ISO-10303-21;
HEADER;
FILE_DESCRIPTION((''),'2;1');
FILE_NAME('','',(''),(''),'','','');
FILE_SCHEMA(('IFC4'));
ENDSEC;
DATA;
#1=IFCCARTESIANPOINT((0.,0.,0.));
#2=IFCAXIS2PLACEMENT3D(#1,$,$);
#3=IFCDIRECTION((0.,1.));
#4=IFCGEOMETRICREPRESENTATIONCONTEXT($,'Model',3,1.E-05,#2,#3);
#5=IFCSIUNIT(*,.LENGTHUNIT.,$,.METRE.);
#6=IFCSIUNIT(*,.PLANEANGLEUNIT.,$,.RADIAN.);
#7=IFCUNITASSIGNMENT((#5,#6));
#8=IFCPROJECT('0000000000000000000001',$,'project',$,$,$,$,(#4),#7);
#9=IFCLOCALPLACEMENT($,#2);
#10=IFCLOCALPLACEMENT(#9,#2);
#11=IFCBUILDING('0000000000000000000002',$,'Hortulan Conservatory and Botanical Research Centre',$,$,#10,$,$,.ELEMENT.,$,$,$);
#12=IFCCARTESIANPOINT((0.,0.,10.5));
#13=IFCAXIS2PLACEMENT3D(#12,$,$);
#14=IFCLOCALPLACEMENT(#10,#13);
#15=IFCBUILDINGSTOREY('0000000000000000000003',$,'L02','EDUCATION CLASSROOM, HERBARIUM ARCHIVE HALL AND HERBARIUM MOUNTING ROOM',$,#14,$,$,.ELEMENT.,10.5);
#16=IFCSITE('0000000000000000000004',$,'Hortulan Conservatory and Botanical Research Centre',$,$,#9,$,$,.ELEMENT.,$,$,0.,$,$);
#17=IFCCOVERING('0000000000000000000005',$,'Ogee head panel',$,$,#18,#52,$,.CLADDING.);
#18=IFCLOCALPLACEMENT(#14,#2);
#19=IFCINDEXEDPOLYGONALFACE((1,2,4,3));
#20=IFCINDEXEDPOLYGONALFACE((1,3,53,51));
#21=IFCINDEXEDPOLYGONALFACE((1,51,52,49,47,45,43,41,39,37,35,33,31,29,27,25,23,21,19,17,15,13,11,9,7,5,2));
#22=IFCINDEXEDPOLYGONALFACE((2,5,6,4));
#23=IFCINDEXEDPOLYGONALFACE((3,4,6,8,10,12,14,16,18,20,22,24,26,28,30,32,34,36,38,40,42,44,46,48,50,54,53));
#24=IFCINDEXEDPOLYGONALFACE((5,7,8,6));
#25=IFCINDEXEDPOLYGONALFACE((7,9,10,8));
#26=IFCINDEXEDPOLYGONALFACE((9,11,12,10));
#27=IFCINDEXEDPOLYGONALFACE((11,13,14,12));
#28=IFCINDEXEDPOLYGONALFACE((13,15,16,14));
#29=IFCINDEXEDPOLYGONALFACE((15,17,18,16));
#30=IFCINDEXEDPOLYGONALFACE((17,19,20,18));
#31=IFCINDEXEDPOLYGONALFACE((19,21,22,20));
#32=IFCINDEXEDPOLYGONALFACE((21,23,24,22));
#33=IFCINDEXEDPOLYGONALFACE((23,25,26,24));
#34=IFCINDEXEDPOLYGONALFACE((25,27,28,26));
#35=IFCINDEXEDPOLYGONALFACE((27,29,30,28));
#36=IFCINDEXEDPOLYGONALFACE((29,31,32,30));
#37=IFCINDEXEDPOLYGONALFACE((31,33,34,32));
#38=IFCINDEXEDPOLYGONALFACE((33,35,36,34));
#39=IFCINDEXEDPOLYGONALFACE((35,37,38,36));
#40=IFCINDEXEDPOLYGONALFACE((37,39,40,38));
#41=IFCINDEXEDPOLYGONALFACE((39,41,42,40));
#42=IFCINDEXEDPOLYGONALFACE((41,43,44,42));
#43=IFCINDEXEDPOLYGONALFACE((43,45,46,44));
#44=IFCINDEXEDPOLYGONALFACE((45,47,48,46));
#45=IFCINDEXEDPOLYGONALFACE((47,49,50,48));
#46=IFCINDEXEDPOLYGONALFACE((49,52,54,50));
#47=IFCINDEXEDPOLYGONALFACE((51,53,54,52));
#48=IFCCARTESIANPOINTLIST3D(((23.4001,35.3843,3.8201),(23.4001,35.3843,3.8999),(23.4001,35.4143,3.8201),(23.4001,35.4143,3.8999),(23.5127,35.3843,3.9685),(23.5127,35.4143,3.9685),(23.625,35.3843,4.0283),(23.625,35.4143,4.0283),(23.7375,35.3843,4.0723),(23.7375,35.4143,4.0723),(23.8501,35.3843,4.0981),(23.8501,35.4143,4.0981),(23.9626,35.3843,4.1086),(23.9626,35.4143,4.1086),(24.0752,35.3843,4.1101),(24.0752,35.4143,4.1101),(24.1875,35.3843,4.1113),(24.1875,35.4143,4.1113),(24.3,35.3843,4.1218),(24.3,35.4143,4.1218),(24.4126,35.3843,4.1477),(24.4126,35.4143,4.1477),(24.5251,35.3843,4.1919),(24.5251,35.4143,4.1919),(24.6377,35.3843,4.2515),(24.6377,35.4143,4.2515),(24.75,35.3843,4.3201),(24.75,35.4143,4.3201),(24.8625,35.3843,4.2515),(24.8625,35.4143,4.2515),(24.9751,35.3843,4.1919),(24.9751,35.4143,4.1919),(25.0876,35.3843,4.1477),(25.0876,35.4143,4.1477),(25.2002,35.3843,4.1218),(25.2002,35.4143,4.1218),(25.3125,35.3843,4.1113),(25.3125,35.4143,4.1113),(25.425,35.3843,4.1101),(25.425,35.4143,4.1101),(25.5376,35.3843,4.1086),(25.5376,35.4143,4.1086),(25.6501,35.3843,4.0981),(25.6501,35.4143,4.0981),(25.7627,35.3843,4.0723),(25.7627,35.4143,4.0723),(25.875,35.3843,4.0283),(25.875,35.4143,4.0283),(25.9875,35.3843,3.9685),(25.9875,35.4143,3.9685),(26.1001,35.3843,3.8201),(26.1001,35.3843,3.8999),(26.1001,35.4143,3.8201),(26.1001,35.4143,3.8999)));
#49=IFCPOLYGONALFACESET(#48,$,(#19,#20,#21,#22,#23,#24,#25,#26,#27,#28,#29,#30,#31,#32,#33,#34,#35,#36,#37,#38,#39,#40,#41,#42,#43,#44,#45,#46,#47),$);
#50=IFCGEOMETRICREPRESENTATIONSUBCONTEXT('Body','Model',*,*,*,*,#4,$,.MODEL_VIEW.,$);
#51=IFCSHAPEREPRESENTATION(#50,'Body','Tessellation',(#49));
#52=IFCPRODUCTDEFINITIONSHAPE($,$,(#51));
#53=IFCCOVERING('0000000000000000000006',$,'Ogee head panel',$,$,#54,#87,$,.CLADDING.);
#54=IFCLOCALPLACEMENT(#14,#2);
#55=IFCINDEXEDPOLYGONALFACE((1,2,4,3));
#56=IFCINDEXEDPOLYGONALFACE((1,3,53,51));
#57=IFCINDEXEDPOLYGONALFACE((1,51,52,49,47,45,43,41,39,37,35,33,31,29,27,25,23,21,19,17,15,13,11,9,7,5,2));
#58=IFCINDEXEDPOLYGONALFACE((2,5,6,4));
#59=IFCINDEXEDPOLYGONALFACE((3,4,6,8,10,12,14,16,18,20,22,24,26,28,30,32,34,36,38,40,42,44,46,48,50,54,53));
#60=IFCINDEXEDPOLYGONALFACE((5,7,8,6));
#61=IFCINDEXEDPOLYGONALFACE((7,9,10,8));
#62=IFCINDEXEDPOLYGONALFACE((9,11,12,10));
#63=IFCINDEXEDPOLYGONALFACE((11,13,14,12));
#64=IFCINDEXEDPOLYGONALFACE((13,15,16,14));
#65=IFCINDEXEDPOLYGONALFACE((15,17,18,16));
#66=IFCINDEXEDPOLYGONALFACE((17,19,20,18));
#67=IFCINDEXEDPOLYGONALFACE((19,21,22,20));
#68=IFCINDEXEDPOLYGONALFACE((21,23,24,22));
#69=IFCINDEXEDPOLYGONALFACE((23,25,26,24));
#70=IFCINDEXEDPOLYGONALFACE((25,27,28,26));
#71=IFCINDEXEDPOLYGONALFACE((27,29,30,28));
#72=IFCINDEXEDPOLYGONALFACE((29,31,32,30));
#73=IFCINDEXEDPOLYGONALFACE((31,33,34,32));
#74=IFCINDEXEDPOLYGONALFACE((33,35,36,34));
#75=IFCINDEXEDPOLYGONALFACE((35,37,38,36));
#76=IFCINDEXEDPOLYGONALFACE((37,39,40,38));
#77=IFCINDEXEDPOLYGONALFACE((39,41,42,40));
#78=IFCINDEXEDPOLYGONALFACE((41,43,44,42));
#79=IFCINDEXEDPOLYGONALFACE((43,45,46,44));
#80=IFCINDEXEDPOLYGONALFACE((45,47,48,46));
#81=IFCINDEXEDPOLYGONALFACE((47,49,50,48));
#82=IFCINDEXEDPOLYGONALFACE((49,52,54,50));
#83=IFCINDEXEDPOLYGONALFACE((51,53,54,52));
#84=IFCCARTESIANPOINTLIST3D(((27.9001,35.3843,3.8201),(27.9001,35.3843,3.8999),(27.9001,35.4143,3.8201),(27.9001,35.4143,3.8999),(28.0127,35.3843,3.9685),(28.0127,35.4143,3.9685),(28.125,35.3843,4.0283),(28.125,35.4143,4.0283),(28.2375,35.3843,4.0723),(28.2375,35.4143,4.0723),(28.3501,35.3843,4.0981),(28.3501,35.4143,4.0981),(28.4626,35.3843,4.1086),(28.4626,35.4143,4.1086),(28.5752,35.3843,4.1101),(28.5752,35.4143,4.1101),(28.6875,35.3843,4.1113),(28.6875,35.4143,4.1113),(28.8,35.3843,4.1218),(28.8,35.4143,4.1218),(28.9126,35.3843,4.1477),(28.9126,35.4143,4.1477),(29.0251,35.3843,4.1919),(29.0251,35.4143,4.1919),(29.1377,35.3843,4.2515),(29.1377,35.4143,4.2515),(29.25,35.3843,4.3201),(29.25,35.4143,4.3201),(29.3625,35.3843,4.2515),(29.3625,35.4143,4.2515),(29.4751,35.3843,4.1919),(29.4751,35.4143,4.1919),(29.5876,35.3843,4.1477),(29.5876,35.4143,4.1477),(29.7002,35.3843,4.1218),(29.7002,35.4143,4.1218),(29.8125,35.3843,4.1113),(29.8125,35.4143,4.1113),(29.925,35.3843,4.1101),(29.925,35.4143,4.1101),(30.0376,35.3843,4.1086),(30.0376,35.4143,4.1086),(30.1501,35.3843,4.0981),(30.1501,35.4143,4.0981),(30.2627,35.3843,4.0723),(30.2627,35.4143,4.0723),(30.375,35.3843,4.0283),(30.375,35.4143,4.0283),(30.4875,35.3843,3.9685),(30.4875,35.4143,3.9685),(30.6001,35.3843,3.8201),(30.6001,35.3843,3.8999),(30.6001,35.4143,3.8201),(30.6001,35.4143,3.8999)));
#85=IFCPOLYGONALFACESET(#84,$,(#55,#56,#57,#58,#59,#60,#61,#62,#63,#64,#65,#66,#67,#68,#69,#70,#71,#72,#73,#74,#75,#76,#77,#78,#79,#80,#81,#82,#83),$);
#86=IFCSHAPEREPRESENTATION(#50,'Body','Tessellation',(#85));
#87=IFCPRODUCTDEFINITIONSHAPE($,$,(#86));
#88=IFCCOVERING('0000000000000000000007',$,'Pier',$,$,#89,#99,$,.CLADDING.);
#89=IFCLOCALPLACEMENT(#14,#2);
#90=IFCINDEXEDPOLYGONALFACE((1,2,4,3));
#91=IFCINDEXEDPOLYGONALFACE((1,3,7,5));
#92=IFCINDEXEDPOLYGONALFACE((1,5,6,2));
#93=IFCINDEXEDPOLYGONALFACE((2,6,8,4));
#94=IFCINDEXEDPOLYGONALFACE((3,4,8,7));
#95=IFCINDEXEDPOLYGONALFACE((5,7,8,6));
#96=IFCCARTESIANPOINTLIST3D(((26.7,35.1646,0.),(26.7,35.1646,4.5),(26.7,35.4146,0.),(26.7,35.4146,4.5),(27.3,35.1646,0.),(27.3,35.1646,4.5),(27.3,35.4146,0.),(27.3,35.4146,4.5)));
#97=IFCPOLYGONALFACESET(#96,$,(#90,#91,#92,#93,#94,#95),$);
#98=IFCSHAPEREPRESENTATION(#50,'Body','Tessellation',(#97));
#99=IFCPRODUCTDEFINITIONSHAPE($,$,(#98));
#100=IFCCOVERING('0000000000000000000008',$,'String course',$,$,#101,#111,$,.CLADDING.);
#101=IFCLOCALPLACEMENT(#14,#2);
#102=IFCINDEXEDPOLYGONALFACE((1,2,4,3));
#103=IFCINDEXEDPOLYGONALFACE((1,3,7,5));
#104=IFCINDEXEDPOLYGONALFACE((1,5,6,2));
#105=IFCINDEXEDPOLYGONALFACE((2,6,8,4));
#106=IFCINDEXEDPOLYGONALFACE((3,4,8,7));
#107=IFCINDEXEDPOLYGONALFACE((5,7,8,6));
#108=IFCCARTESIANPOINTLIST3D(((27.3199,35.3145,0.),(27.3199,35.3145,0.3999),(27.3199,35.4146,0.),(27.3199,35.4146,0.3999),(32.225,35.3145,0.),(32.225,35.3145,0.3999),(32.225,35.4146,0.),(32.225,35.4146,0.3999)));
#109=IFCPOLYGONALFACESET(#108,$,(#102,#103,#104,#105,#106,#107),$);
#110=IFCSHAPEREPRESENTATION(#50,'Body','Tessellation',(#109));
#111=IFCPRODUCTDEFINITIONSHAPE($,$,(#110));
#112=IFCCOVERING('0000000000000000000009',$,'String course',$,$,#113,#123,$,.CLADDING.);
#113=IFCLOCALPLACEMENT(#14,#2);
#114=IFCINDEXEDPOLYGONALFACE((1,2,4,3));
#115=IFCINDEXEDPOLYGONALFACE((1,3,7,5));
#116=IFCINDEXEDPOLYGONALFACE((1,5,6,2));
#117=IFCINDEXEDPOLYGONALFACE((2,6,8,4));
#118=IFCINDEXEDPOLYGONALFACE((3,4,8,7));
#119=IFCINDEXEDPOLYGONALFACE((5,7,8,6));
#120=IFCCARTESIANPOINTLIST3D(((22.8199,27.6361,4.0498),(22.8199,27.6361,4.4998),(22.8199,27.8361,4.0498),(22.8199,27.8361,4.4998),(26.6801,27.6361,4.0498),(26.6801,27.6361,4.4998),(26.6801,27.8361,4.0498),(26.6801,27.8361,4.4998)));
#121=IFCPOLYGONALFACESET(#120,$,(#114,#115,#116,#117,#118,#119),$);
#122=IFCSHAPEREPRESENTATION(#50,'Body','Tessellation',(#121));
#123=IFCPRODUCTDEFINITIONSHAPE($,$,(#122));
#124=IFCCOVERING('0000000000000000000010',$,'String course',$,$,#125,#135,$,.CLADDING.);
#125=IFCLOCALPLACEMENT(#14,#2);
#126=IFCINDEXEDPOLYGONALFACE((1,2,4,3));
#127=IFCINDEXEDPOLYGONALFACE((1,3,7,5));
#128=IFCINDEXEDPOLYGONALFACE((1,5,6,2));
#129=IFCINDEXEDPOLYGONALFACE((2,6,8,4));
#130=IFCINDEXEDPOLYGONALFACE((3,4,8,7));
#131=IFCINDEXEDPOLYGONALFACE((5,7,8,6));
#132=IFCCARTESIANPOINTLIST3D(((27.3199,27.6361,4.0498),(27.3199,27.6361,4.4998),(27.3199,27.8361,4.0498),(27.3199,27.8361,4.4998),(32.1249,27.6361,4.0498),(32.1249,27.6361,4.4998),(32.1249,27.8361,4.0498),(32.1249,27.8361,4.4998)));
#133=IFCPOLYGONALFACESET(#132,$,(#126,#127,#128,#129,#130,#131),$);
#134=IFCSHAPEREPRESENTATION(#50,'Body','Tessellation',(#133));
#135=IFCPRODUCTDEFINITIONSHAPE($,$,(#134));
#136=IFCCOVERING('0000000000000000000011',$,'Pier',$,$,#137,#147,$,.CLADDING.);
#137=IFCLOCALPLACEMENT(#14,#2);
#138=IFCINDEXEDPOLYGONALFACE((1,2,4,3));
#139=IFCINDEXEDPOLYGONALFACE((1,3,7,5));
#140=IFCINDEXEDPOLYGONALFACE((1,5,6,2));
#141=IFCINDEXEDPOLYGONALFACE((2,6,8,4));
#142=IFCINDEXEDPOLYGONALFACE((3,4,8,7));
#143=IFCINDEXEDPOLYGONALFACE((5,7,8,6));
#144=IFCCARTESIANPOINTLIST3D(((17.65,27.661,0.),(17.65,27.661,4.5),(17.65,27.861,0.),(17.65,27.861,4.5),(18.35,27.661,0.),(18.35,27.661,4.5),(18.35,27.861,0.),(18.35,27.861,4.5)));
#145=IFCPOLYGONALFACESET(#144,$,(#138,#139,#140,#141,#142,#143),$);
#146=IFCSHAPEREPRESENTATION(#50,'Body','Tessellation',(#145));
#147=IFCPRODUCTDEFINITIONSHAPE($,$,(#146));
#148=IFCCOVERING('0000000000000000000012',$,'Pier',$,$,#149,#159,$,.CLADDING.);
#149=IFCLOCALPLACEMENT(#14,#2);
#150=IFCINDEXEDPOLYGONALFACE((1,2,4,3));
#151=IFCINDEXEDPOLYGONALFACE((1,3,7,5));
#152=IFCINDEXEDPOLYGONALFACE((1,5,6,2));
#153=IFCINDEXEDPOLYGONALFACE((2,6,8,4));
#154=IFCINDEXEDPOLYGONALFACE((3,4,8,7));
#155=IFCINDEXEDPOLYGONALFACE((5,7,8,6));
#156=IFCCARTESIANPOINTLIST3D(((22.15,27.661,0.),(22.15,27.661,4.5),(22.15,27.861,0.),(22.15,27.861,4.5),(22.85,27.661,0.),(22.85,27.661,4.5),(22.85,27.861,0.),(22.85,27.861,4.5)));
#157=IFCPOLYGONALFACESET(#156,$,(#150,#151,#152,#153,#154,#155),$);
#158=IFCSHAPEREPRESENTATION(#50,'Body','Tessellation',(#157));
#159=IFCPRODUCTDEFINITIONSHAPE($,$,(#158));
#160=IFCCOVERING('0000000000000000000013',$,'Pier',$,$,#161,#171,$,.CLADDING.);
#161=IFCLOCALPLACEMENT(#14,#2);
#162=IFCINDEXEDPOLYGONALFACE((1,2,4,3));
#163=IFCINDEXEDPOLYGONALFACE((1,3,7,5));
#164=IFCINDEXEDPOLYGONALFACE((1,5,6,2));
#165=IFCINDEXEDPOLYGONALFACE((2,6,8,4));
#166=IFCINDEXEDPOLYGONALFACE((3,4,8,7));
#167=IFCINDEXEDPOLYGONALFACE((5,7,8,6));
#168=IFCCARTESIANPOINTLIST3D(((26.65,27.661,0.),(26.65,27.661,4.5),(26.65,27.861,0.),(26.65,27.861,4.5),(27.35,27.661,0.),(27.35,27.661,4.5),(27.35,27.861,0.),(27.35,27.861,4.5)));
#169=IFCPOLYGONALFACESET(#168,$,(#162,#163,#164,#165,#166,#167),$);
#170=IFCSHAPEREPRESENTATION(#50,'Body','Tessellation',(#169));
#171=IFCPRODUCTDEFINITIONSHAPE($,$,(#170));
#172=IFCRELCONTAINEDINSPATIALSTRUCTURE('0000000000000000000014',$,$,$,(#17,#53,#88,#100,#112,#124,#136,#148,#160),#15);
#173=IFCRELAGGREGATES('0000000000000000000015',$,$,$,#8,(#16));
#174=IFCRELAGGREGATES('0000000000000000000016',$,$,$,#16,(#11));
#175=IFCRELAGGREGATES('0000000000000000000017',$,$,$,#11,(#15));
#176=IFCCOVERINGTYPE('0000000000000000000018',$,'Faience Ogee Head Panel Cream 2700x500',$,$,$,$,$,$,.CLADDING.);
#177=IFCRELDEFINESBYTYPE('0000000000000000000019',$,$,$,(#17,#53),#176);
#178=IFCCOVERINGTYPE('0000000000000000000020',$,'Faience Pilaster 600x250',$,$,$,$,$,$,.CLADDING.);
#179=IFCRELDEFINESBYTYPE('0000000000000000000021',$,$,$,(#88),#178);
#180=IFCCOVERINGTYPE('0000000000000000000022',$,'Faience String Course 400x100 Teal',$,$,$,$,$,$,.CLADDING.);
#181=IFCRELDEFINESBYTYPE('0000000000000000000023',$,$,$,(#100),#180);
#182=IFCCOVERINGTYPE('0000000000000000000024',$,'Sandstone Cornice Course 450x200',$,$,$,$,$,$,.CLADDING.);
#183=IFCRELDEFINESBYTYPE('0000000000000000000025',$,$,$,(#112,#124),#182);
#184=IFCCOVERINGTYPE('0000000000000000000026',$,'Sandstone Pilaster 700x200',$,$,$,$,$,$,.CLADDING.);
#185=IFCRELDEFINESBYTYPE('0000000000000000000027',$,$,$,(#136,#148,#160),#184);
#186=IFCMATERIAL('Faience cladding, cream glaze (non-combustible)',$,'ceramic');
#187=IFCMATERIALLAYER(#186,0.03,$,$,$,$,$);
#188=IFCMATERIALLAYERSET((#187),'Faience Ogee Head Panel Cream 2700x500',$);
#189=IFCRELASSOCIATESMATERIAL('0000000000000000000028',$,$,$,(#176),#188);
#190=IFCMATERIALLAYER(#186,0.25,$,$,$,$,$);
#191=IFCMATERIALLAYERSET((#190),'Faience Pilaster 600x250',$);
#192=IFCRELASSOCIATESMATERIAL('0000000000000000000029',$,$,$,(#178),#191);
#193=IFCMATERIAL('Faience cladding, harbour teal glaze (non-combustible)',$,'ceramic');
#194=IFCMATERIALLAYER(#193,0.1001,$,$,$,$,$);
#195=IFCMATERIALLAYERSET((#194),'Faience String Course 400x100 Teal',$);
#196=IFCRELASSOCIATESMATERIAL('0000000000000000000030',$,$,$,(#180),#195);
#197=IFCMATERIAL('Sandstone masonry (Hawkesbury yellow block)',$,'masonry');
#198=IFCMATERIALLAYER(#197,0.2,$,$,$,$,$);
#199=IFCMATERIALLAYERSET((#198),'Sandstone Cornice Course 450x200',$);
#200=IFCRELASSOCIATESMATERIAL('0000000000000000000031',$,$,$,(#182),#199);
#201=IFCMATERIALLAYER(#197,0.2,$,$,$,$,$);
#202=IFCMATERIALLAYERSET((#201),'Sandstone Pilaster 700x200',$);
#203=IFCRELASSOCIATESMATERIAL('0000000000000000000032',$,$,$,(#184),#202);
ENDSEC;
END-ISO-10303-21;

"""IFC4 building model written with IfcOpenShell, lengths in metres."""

from ifc_helpers import new_model, si_unit, direction, frame, origin, origin_2d, place, context, subcontext, project, spatial, polyline, rectangle, outline, extrude, material, layer, layer_set, type_object, element, save


model = new_model("IFC4")

# Units and contexts
model_context = context("Model", 3, precision=1e-05, world=origin(), true_north=direction((0.0, 1.0)))
body_context = subcontext(model_context, "Body", "Model", "MODEL_VIEW")
ifc_project = project(units=[si_unit("LENGTHUNIT", "METRE"), si_unit("PLANEANGLEUNIT", "RADIAN")], contexts=[model_context])

# Site, building, storey
site_placement = place(None, origin())
site = spatial("IfcSite", under=ifc_project, at=site_placement, Name="Hortulan Conservatory and Botanical Research Centre", CompositionType="ELEMENT", RefElevation=0.0)
building_placement = place(site_placement, origin())
building = spatial("IfcBuilding", under=site, at=building_placement, Name="Hortulan Conservatory and Botanical Research Centre", CompositionType="ELEMENT")
storey_placement = place(building_placement, frame((0.0, 0.0, 10.5)))
storey = spatial("IfcBuildingStorey", under=building, at=storey_placement, Name="L02", Description="EDUCATION CLASSROOM, HERBARIUM ARCHIVE HALL AND HERBARIUM MOUNTING ROOM", CompositionType="ELEMENT", Elevation=10.5)

# Coverings
ifc_material_1 = material(Name="Faience cladding, cream glaze (non-combustible)", Category="ceramic")
ifc_layer_1 = layer(ifc_material_1, 0.03)
ifc_layer_set_1 = layer_set([ifc_layer_1], Name="Faience Ogee Head Panel Cream 2700x500")
covering_type_1 = type_object("IfcCoveringType", Name="Faience Ogee Head Panel Cream 2700x500", PredefinedType="CLADDING", material=ifc_layer_set_1)
for number, where, z_axis, x_axis, name in (
    (1, (26.1001, 35.3994, 3.8201), (0.0, 0.0, 1.0), (-1.0, 0.0, 0.0), "Ogee head panel"),
    (2, (30.6001, 35.3994, 3.8201), (0.0, 0.0, 1.0), (-1.0, 0.0, 0.0), "Ogee head panel"),
):
    element("IfcCovering", number, at=place(storey_placement, frame(where, z_axis=z_axis, x_axis=x_axis)), inside=storey, type_object=covering_type_1, Name=name, PredefinedType="CLADDING", context=body_context, shape_type="SweptSolid", body=[
        extrude(outline(polyline([(0.0, 0.0), (2.7, 0.0), (2.7, 0.0798), (2.5874, 0.1484), (2.4751, 0.2083), (2.3625, 0.2522), (2.25, 0.2781), (2.1375, 0.2886), (2.0249, 0.29), (1.9126, 0.2913), (1.8, 0.3018), (1.6875, 0.3276), (1.575, 0.3718), (1.4624, 0.4314), (1.3501, 0.5), (1.2375, 0.4314), (1.125, 0.3718), (1.0125, 0.3276), (0.8999, 0.3018), (0.7876, 0.2913), (0.675, 0.29), (0.5625, 0.2886), (0.45, 0.2781), (0.3374, 0.2522), (0.2251, 0.2083), (0.1125, 0.1484), (0.0, 0.0798), (0.0, 0.0)])), frame((0.0, 0.0151, 0.0), z_axis=(0.0, -1.0, 0.0), x_axis=(1.0, 0.0, 0.0)), (0.0, 0.0, 1.0), 0.03),
    ])
ifc_layer_2 = layer(ifc_material_1, 0.25)
ifc_layer_set_2 = layer_set([ifc_layer_2], Name="Faience Pilaster 600x250")
covering_type_2 = type_object("IfcCoveringType", Name="Faience Pilaster 600x250", PredefinedType="CLADDING", material=ifc_layer_set_2)
covering_1_placement = place(storey_placement, frame((27.0, 35.2896, 0.0), z_axis=(0.0, 0.0, 1.0), x_axis=(-1.0, 0.0, 0.0)))
element("IfcCovering", 3, at=covering_1_placement, inside=storey, type_object=covering_type_2, Name="Pier", PredefinedType="CLADDING", context=body_context, shape_type="SweptSolid", body=[
    extrude(rectangle(XDim=0.6001, YDim=0.25, at=origin_2d()), origin(), (0.0, 0.0, 1.0), 4.5),
])
ifc_material_2 = material(Name="Faience cladding, harbour teal glaze (non-combustible)", Category="ceramic")
ifc_layer_3 = layer(ifc_material_2, 0.1001)
ifc_layer_set_3 = layer_set([ifc_layer_3], Name="Faience String Course 400x100 Teal")
covering_type_3 = type_object("IfcCoveringType", Name="Faience String Course 400x100 Teal", PredefinedType="CLADDING", material=ifc_layer_set_3)
covering_2_placement = place(storey_placement, frame((29.7725, 35.3645, 0.0), z_axis=(0.0, 0.0, 1.0), x_axis=(-1.0, 0.0, 0.0)))
element("IfcCovering", 4, at=covering_2_placement, inside=storey, type_object=covering_type_3, Name="String course", PredefinedType="CLADDING", context=body_context, shape_type="SweptSolid", body=[
    extrude(rectangle(XDim=4.905, YDim=0.1001, at=origin_2d()), origin(), (0.0, 0.0, 1.0), 0.3999),
])
ifc_material_3 = material(Name="Sandstone masonry (Hawkesbury yellow block)", Category="masonry")
ifc_layer_4 = layer(ifc_material_3, 0.2)
ifc_layer_set_4 = layer_set([ifc_layer_4], Name="Sandstone Cornice Course 450x200")
covering_type_4 = type_object("IfcCoveringType", Name="Sandstone Cornice Course 450x200", PredefinedType="CLADDING", material=ifc_layer_set_4)
covering_3_placement = place(storey_placement, frame((24.75, 27.7361, 4.0498), z_axis=(0.0, 0.0, 1.0), x_axis=(1.0, 0.0, 0.0)))
element("IfcCovering", 5, at=covering_3_placement, inside=storey, type_object=covering_type_4, Name="String course", PredefinedType="CLADDING", context=body_context, shape_type="SweptSolid", body=[
    extrude(rectangle(XDim=3.8601, YDim=0.2, at=origin_2d()), origin(), (0.0, 0.0, 1.0), 0.45),
])
covering_4_placement = place(storey_placement, frame((29.7224, 27.7361, 4.0498), z_axis=(0.0, 0.0, 1.0), x_axis=(1.0, 0.0, 0.0)))
element("IfcCovering", 6, at=covering_4_placement, inside=storey, type_object=covering_type_4, Name="String course", PredefinedType="CLADDING", context=body_context, shape_type="SweptSolid", body=[
    extrude(rectangle(XDim=4.8049, YDim=0.2, at=origin_2d()), origin(), (0.0, 0.0, 1.0), 0.45),
])
ifc_layer_5 = layer(ifc_material_3, 0.2)
ifc_layer_set_5 = layer_set([ifc_layer_5], Name="Sandstone Pilaster 700x200")
covering_type_5 = type_object("IfcCoveringType", Name="Sandstone Pilaster 700x200", PredefinedType="CLADDING", material=ifc_layer_set_5)
for number, where, z_axis, x_axis, name in (
    (7, (18.0, 27.761, 0.0), (0.0, 0.0, 1.0), (1.0, 0.0, 0.0), "Pier"),
    (8, (22.5, 27.761, 0.0), (0.0, 0.0, 1.0), (1.0, 0.0, 0.0), "Pier"),
    (9, (27.0, 27.761, 0.0), (0.0, 0.0, 1.0), (1.0, 0.0, 0.0), "Pier"),
):
    element("IfcCovering", number, at=place(storey_placement, frame(where, z_axis=z_axis, x_axis=x_axis)), inside=storey, type_object=covering_type_5, Name=name, PredefinedType="CLADDING", context=body_context, shape_type="SweptSolid", body=[
        extrude(rectangle(XDim=0.7, YDim=0.2, at=origin_2d()), origin(), (0.0, 0.0, 1.0), 4.5),
    ])

save(model, "model.ifc")
